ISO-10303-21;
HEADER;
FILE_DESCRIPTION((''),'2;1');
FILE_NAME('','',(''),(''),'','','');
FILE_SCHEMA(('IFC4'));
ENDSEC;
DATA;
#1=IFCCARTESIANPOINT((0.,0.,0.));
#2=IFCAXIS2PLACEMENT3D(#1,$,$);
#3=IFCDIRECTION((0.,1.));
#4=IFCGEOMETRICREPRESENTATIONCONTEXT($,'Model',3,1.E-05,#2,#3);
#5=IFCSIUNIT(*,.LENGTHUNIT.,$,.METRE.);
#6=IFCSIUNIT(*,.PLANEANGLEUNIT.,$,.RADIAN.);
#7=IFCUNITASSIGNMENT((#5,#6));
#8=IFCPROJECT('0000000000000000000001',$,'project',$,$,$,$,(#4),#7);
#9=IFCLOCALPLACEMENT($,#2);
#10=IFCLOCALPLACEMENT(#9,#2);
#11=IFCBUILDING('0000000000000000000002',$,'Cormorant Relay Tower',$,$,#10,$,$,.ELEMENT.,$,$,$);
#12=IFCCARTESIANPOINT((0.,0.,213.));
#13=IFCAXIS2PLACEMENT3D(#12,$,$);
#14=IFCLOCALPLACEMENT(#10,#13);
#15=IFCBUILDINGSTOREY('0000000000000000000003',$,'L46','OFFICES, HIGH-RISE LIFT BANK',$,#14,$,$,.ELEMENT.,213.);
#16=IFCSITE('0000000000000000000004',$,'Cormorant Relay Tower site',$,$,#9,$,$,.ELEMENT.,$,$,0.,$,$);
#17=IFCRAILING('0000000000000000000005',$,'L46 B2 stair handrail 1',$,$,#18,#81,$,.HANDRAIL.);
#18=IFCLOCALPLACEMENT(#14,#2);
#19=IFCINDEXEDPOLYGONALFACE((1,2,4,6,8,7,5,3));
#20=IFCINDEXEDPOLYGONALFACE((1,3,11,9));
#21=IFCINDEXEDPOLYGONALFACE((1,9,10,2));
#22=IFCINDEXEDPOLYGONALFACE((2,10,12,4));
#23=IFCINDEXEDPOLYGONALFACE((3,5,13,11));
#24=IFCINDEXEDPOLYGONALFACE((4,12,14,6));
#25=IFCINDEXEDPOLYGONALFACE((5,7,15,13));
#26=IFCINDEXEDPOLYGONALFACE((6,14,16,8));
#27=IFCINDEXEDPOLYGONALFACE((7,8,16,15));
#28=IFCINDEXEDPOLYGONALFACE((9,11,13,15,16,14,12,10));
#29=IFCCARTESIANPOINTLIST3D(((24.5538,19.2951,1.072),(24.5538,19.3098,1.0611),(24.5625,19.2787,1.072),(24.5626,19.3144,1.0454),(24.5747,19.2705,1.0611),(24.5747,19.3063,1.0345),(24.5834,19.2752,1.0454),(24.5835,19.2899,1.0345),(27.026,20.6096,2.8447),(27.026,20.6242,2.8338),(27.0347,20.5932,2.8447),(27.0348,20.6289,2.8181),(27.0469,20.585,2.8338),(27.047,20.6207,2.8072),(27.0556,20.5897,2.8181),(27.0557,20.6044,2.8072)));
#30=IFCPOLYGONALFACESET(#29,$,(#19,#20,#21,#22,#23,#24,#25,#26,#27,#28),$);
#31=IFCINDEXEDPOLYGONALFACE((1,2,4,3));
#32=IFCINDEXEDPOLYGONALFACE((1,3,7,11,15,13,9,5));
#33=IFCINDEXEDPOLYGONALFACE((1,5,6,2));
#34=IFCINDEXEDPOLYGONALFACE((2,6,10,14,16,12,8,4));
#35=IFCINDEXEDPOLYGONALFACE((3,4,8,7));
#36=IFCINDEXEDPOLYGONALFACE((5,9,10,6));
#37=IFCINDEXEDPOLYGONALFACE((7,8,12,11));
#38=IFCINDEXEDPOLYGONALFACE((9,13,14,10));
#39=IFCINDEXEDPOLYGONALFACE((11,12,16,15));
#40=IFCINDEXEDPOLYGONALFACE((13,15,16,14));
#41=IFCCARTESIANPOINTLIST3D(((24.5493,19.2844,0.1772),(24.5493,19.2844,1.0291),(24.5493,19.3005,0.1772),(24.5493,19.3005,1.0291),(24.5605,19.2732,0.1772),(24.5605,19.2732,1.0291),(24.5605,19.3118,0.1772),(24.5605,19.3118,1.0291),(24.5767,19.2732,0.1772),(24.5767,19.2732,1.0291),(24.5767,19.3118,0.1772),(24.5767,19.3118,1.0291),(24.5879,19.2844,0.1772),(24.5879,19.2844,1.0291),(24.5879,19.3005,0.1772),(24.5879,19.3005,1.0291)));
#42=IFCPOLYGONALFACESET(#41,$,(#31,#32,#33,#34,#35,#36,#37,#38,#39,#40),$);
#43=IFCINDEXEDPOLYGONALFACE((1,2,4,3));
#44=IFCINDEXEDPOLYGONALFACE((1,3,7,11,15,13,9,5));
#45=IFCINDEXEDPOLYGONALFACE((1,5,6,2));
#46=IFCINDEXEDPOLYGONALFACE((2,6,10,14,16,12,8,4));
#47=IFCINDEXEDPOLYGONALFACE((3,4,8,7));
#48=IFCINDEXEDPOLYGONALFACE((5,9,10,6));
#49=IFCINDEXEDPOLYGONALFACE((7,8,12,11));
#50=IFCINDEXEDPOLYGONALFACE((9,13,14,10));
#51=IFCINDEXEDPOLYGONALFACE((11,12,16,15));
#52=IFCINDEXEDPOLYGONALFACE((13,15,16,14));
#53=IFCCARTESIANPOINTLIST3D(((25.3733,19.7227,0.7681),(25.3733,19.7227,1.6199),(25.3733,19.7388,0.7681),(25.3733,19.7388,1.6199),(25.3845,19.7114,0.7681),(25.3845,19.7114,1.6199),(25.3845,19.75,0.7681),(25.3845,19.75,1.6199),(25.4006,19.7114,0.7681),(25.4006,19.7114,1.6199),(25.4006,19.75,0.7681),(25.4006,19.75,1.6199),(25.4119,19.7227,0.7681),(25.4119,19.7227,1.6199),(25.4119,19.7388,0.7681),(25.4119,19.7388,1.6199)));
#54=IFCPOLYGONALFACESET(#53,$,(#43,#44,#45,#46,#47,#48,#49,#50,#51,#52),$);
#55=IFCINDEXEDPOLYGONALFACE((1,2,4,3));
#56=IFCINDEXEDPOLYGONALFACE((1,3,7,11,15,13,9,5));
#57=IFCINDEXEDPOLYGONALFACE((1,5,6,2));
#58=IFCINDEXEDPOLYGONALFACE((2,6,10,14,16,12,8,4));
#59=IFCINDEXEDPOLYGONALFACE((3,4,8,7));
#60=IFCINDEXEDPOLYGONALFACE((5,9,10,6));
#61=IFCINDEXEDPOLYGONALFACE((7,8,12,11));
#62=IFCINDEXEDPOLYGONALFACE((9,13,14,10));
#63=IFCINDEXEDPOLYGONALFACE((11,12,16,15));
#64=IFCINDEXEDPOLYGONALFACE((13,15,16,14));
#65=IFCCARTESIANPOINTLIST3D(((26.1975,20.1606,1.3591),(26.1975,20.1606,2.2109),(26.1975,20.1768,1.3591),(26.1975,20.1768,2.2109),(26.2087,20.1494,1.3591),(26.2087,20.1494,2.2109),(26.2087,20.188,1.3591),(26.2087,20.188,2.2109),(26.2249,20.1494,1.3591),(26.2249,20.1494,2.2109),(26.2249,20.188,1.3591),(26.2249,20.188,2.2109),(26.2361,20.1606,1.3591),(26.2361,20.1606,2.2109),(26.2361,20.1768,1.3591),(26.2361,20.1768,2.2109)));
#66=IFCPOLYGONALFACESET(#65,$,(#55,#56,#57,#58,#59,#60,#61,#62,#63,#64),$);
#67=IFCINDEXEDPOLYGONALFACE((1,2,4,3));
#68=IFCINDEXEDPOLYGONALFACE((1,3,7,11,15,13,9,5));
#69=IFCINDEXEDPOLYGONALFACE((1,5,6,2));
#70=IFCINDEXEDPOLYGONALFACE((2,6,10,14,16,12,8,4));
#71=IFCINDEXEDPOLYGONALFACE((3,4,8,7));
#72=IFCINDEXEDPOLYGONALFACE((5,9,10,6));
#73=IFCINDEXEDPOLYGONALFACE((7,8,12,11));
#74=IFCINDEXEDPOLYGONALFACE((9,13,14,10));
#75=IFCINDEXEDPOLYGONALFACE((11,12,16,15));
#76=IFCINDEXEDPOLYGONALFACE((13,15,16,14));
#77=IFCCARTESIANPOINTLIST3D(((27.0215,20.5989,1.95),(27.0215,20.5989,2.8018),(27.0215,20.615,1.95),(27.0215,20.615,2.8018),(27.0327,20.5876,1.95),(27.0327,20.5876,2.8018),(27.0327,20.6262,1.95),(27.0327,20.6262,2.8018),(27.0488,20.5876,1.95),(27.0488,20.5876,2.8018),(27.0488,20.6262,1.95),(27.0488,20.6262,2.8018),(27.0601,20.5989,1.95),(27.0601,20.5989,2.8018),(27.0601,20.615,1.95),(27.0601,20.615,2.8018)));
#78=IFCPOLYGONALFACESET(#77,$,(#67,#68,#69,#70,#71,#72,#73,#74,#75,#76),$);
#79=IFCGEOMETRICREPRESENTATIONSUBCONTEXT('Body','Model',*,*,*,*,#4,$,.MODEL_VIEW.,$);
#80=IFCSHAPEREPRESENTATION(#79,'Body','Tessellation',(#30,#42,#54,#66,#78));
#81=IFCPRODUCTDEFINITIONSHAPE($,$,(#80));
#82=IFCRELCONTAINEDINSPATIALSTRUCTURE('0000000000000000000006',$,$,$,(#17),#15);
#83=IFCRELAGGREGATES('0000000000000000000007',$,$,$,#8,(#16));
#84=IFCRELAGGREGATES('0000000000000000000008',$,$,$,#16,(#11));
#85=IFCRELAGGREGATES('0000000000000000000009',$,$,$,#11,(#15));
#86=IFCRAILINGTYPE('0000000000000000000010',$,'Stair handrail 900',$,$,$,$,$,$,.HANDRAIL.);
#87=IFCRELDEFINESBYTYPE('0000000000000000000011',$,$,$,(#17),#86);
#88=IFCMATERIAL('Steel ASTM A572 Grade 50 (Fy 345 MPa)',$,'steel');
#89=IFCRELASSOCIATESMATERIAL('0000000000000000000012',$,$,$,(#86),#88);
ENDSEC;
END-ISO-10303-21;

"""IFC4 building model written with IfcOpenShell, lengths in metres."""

from ifc_helpers import new_model, si_unit, direction, frame, origin, place, context, subcontext, project, spatial, polyline, outline, extrude, material, type_object, element, save


model = new_model("IFC4")

# Units and contexts
model_context = context("Model", 3, precision=1e-05, world=origin(), true_north=direction((0.0, 1.0)))
body_context = subcontext(model_context, "Body", "Model", "MODEL_VIEW")
ifc_project = project(units=[si_unit("LENGTHUNIT", "METRE"), si_unit("PLANEANGLEUNIT", "RADIAN")], contexts=[model_context])

# Site, building, storey
site_placement = place(None, origin())
site = spatial("IfcSite", under=ifc_project, at=site_placement, Name="Cormorant Relay Tower site", CompositionType="ELEMENT", RefElevation=0.0)
building_placement = place(site_placement, origin())
building = spatial("IfcBuilding", under=site, at=building_placement, Name="Cormorant Relay Tower", CompositionType="ELEMENT")
storey_placement = place(building_placement, frame((0.0, 0.0, 213.0)))
storey = spatial("IfcBuildingStorey", under=building, at=storey_placement, Name="L46", Description="OFFICES, HIGH-RISE LIFT BANK", CompositionType="ELEMENT", Elevation=213.0)

# Railing
ifc_material_1 = material(Name="Steel ASTM A572 Grade 50 (Fy 345 MPa)", Category="steel")
railing_type_1 = type_object("IfcRailingType", Name="Stair handrail 900", PredefinedType="HANDRAIL", material=ifc_material_1)
railing_1_placement = place(storey_placement, frame((24.5686, 19.2925, 0.1772)))
element("IfcRailing", 1, at=railing_1_placement, inside=storey, type_object=railing_type_1, Name="L46 B2 stair handrail 1", PredefinedType="HANDRAIL", context=body_context, shape_type="SweptSolid", body=[
    extrude(outline(polyline([(0.0222, 0.0093), (0.0093, 0.0222), (-0.0093, 0.0222), (-0.0222, 0.0093), (-0.0222, -0.0093), (-0.0093, -0.0222), (0.0093, -0.0222), (0.0222, -0.0093), (0.0222, 0.0093)])), frame((0.0, 0.0, 0.876), z_axis=(0.746001, 0.396649, 0.534931), x_axis=(-0.469465, 0.882951, 0.0)), (0.0, 0.0, 1.0), 3.314),
    extrude(outline(polyline([(0.0193, 0.0081), (0.0081, 0.0193), (-0.0081, 0.0193), (-0.0193, 0.0081), (-0.0193, -0.0081), (-0.0081, -0.0193), (0.0081, -0.0193), (0.0193, -0.0081), (0.0193, 0.0081)])), origin(), (0.0, 0.0, 1.0), 0.8518),
    extrude(outline(polyline([(0.0193, 0.0081), (0.0081, 0.0193), (-0.0081, 0.0193), (-0.0193, 0.0081), (-0.0193, -0.0081), (-0.0081, -0.0193), (0.0081, -0.0193), (0.0193, -0.0081), (0.0193, 0.0081)])), frame((0.824, 0.4382, 0.5908)), (0.0, 0.0, 1.0), 0.8518),
    extrude(outline(polyline([(0.0193, 0.0081), (0.0081, 0.0193), (-0.0081, 0.0193), (-0.0193, 0.0081), (-0.0193, -0.0081), (-0.0081, -0.0193), (0.0081, -0.0193), (0.0193, -0.0081), (0.0193, 0.0081)])), frame((1.6482, 0.8762, 1.1819)), (0.0, 0.0, 1.0), 0.8518),
    extrude(outline(polyline([(0.0193, 0.0081), (0.0081, 0.0193), (-0.0081, 0.0193), (-0.0193, 0.0081), (-0.0193, -0.0081), (-0.0081, -0.0193), (0.0081, -0.0193), (0.0193, -0.0081), (0.0193, 0.0081)])), frame((2.4722, 1.3145, 1.7727)), (0.0, 0.0, 1.0), 0.8518),
])

save(model, "model.ifc")
